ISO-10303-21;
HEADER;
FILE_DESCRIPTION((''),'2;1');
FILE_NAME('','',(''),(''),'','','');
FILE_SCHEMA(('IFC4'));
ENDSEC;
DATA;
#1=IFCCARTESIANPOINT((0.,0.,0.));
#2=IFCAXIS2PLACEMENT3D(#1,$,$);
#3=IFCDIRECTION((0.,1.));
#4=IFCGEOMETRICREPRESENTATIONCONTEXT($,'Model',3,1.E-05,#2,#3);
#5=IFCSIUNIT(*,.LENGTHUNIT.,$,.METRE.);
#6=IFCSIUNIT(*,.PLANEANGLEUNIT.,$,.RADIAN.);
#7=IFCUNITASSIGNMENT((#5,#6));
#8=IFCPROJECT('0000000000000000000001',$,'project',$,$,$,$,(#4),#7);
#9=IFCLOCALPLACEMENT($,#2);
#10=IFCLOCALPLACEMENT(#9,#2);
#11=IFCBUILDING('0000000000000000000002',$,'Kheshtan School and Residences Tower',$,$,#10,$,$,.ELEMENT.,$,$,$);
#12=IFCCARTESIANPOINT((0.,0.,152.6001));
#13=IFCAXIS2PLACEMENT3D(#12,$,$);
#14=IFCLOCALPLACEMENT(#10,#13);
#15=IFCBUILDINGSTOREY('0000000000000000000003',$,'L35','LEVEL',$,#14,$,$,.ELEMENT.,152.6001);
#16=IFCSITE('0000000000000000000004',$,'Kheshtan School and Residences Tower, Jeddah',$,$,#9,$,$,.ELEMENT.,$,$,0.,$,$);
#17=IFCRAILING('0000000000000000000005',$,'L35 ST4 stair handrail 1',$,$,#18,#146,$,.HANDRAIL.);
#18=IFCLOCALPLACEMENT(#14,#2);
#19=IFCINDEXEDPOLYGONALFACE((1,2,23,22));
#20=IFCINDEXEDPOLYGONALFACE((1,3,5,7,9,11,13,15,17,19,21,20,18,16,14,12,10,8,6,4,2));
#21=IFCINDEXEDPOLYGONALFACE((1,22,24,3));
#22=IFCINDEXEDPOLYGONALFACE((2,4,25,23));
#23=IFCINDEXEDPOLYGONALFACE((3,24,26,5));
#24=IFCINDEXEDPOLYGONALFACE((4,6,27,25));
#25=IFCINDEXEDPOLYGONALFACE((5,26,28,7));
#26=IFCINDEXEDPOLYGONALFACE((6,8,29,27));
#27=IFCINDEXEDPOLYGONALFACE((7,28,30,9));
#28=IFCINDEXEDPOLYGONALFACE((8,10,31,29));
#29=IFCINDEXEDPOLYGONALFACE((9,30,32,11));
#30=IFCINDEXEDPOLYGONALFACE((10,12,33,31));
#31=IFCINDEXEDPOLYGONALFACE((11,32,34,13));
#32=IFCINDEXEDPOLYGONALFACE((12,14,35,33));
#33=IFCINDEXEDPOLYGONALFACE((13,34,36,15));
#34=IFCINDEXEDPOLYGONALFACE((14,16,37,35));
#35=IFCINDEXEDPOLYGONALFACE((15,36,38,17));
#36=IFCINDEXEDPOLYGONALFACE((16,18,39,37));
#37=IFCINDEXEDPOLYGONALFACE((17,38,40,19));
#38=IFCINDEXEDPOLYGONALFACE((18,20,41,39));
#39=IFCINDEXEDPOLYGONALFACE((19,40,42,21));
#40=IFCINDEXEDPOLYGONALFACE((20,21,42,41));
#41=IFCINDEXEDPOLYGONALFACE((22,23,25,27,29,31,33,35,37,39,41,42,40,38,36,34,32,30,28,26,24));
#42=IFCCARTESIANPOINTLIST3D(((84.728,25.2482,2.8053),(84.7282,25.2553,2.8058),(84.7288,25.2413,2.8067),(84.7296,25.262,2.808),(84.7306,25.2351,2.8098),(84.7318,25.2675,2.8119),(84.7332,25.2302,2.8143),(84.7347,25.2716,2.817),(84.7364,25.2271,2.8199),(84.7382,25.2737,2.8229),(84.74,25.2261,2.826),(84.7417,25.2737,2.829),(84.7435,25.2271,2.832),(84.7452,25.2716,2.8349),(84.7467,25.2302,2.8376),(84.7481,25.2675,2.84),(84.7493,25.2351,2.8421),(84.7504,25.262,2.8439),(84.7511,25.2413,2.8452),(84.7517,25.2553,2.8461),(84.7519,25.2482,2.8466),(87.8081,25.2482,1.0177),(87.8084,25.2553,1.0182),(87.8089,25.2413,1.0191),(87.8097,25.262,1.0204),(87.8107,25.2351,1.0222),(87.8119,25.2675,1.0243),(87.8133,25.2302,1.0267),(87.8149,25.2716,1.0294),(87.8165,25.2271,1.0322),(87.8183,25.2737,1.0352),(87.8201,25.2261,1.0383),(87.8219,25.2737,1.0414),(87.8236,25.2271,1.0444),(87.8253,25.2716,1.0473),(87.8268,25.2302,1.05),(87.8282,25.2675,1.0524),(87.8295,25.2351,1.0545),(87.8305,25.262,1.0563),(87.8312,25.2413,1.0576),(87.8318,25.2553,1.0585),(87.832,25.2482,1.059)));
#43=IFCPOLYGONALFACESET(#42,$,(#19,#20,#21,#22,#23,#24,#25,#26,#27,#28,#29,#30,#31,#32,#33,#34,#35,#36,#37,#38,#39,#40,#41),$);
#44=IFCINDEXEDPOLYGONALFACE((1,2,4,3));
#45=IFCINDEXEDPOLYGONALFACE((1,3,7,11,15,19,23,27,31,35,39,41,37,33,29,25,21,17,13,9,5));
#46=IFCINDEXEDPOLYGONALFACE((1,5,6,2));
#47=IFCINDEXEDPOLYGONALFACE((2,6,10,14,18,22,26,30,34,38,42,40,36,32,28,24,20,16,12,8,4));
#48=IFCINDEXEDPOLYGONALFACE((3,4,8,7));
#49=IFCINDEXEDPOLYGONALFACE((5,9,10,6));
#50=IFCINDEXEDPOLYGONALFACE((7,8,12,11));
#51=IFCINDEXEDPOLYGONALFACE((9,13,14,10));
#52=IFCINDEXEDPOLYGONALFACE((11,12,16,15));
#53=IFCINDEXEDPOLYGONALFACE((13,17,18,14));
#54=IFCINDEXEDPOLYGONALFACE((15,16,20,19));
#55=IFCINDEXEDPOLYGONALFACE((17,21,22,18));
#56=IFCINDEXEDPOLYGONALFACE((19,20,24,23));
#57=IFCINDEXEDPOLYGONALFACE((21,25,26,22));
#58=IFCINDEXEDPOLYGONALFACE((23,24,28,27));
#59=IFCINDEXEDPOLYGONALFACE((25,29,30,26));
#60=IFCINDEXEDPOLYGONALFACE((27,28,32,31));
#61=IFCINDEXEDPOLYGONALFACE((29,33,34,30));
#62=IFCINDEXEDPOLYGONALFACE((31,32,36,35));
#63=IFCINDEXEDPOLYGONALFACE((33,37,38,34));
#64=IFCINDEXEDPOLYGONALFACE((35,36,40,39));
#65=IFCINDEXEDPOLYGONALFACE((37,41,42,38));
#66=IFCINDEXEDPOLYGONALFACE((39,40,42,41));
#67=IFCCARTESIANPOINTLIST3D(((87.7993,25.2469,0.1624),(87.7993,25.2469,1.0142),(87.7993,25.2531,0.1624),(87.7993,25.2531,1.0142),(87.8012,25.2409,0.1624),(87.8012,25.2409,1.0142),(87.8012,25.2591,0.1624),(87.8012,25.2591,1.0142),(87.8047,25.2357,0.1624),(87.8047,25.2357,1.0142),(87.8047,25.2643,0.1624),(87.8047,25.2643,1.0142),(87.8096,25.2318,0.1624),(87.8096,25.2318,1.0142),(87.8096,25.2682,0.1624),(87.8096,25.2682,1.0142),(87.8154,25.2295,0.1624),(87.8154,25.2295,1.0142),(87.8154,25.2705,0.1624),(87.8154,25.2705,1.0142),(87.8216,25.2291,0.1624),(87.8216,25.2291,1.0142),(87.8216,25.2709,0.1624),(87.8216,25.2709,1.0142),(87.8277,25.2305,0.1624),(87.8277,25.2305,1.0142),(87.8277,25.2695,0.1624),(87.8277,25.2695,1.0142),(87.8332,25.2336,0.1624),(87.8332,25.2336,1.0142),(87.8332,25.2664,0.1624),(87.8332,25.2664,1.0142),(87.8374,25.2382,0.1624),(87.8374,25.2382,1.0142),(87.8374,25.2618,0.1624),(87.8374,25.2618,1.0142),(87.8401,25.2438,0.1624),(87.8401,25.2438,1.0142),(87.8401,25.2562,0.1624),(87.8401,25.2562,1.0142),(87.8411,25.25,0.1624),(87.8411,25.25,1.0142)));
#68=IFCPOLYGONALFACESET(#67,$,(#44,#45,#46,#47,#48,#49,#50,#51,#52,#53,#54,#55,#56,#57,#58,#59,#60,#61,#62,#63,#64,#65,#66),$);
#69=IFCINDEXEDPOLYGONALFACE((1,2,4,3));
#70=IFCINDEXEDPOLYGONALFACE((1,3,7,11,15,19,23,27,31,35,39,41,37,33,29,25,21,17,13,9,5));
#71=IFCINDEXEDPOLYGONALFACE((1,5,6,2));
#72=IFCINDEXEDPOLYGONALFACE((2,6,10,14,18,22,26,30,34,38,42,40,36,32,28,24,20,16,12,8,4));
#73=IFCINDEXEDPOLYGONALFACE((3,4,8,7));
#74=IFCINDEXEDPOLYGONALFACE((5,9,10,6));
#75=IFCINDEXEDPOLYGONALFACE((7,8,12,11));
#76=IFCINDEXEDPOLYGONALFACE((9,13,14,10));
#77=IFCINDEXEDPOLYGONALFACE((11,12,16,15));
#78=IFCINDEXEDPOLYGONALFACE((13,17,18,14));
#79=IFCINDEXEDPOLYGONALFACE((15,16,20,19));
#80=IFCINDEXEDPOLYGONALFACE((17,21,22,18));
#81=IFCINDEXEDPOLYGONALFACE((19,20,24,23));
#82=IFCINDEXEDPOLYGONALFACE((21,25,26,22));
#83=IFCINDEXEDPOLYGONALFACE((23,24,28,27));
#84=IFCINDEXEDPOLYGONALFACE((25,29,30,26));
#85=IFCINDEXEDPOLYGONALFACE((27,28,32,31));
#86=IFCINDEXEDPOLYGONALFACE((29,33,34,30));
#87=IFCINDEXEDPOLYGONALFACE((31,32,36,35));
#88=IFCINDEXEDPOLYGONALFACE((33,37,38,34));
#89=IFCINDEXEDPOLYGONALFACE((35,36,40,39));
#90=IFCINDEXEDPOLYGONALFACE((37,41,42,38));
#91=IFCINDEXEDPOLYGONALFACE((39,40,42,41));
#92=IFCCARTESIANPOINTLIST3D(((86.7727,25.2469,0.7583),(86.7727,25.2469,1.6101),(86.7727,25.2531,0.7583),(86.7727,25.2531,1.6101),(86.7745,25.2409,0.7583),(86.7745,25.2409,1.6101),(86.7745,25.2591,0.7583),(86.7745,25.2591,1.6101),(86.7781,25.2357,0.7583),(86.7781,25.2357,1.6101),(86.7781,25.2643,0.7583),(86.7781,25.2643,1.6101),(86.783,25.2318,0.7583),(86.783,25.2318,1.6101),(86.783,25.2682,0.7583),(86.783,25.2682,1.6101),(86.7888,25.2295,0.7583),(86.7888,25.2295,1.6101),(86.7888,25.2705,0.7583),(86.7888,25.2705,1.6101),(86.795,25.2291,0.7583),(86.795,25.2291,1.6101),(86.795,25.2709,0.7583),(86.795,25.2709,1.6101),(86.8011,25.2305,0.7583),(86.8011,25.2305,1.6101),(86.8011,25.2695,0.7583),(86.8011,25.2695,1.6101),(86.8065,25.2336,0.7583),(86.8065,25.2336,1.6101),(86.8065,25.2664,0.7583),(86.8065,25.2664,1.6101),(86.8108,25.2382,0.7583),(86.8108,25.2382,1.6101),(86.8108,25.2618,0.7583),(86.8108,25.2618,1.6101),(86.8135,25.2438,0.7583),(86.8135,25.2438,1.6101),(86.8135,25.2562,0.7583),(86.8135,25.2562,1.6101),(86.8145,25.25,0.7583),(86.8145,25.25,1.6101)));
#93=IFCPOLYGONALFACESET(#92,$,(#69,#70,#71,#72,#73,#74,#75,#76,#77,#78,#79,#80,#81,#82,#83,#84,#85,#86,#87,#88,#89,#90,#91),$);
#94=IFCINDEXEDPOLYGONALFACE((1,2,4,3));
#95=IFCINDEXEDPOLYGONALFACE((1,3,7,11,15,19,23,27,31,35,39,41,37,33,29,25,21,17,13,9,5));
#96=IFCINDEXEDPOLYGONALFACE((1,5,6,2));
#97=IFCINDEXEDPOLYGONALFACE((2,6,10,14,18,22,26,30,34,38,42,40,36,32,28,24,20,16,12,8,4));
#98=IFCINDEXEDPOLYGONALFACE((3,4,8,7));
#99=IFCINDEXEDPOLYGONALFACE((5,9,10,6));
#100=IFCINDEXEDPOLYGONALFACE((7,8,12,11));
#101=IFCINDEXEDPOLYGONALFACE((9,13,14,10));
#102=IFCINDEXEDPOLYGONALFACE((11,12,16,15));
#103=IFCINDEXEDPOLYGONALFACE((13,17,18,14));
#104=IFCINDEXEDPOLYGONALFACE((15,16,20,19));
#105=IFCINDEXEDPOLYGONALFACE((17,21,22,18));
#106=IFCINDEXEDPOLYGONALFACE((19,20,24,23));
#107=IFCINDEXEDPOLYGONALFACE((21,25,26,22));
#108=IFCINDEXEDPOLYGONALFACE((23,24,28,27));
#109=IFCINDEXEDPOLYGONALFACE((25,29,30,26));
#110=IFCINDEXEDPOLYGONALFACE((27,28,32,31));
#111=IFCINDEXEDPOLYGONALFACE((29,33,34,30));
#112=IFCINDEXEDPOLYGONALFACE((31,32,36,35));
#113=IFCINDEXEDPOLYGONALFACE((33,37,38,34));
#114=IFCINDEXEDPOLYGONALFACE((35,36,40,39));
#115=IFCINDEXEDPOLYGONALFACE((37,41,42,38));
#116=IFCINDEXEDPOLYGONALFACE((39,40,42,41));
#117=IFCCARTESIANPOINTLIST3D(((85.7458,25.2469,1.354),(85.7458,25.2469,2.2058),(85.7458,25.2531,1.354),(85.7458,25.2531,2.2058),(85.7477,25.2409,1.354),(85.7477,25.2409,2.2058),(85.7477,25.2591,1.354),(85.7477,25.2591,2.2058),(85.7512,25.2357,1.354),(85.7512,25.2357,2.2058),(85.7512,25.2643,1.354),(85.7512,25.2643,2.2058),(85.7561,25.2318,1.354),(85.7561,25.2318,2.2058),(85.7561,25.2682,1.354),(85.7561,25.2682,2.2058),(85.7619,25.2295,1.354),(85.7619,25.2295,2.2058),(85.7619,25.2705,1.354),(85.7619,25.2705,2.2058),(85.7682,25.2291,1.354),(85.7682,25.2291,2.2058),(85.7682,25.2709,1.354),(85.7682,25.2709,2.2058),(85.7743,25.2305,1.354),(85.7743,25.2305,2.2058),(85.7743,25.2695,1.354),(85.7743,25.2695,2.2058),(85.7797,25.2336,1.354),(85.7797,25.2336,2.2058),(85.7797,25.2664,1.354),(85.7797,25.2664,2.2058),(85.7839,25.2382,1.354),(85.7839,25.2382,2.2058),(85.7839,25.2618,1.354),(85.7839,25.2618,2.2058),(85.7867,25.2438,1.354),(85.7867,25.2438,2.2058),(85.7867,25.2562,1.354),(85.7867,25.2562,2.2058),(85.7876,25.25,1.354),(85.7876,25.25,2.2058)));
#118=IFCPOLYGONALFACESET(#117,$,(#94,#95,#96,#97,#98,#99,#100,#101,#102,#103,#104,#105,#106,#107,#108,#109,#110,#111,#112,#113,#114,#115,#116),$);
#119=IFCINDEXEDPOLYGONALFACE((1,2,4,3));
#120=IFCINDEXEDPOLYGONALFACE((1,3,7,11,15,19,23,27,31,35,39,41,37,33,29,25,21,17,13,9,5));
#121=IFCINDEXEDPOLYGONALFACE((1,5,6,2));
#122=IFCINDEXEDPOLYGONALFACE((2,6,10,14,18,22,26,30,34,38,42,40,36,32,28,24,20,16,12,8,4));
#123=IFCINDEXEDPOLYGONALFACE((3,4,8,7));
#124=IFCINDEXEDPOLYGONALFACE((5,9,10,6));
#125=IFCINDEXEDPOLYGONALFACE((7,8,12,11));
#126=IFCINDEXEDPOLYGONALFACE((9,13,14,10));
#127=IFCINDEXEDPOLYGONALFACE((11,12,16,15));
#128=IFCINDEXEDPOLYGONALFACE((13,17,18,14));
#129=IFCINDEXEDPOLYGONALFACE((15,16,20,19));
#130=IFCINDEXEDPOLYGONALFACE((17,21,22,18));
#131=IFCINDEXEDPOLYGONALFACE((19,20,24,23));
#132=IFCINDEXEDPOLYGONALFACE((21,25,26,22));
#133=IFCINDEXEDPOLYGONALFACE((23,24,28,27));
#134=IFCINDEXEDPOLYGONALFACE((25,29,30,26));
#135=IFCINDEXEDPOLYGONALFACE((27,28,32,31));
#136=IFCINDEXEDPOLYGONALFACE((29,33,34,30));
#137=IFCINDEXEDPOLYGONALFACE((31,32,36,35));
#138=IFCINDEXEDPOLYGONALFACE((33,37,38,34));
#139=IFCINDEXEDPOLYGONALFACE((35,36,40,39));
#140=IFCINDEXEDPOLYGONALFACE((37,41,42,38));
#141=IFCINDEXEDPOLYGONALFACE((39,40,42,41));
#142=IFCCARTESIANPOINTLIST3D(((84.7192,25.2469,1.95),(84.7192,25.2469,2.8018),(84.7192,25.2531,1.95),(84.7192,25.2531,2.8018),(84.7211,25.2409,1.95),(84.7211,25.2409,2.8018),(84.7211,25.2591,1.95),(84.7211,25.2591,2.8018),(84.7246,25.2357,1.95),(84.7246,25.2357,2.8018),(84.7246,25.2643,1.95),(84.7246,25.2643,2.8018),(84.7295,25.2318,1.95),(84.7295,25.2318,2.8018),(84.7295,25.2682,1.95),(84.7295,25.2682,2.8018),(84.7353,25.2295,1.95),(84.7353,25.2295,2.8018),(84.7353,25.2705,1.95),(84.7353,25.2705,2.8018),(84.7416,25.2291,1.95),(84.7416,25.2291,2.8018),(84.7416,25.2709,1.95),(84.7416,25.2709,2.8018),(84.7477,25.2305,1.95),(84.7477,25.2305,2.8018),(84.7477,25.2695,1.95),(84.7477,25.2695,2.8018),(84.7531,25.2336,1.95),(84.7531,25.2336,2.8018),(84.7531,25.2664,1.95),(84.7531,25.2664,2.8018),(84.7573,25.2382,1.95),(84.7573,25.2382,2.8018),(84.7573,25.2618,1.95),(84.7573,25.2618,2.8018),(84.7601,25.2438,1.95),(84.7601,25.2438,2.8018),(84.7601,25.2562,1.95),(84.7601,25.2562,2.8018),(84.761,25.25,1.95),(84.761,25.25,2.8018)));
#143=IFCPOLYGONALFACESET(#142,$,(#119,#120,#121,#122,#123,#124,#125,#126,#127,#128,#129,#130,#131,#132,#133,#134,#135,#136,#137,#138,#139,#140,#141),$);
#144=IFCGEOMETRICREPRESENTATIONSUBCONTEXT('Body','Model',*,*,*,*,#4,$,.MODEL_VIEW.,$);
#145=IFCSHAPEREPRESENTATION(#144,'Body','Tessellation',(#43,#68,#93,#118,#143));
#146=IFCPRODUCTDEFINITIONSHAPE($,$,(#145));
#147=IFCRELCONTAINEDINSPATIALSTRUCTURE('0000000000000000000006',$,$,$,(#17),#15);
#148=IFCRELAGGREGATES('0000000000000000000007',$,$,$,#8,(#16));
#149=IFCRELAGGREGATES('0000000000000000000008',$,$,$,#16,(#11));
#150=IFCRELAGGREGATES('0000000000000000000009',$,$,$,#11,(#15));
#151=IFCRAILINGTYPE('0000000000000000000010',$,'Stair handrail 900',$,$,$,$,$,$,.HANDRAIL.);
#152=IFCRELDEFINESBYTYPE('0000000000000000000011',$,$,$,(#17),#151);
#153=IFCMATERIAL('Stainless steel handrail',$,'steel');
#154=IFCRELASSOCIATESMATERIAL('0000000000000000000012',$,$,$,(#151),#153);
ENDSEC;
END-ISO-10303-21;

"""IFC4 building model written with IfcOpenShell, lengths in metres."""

from ifc_helpers import new_model, si_unit, direction, frame, origin, origin_2d, place, context, subcontext, project, spatial, circle, extrude, material, type_object, element, save


model = new_model("IFC4")

# Units and contexts
model_context = context("Model", 3, precision=1e-05, world=origin(), true_north=direction((0.0, 1.0)))
body_context = subcontext(model_context, "Body", "Model", "MODEL_VIEW")
ifc_project = project(units=[si_unit("LENGTHUNIT", "METRE"), si_unit("PLANEANGLEUNIT", "RADIAN")], contexts=[model_context])

# Site, building, storey
site_placement = place(None, origin())
site = spatial("IfcSite", under=ifc_project, at=site_placement, Name="Kheshtan School and Residences Tower, Jeddah", CompositionType="ELEMENT", RefElevation=0.0)
building_placement = place(site_placement, origin())
building = spatial("IfcBuilding", under=site, at=building_placement, Name="Kheshtan School and Residences Tower", CompositionType="ELEMENT")
storey_placement = place(building_placement, frame((0.0, 0.0, 152.6001)))
storey = spatial("IfcBuildingStorey", under=building, at=storey_placement, Name="L35", Description="LEVEL", CompositionType="ELEMENT", Elevation=152.6001)

# Railing
ifc_material_1 = material(Name="Stainless steel handrail", Category="steel")
railing_type_1 = type_object("IfcRailingType", Name="Stair handrail 900", PredefinedType="HANDRAIL", material=ifc_material_1)
railing_1_placement = place(storey_placement, frame((87.8201, 25.25, 0.1624)))
element("IfcRailing", 1, at=railing_1_placement, inside=storey, type_object=railing_type_1, Name="L35 ST4 stair handrail 1", PredefinedType="HANDRAIL", context=body_context, shape_type="SweptSolid", body=[
    extrude(circle(Radius=0.0239, at=origin_2d()), frame((0.0, 0.0, 0.876), z_axis=(-0.864891, 0.0, 0.50196), x_axis=(0.0, -1.0, 0.0)), (0.0, 0.0, 1.0), 3.5613),
    extrude(circle(Radius=0.021, at=origin_2d()), origin(), (0.0, 0.0, 1.0), 0.8518),
    extrude(circle(Radius=0.021, at=origin_2d()), frame((-1.0266, 0.0, 0.5959)), (0.0, 0.0, 1.0), 0.8518),
    extrude(circle(Radius=0.021, at=origin_2d()), frame((-2.0535, 0.0, 1.1917)), (0.0, 0.0, 1.0), 0.8518),
    extrude(circle(Radius=0.021, at=origin_2d()), frame((-3.0801, 0.0, 1.7876)), (0.0, 0.0, 1.0), 0.8518),
])

save(model, "model.ifc")
